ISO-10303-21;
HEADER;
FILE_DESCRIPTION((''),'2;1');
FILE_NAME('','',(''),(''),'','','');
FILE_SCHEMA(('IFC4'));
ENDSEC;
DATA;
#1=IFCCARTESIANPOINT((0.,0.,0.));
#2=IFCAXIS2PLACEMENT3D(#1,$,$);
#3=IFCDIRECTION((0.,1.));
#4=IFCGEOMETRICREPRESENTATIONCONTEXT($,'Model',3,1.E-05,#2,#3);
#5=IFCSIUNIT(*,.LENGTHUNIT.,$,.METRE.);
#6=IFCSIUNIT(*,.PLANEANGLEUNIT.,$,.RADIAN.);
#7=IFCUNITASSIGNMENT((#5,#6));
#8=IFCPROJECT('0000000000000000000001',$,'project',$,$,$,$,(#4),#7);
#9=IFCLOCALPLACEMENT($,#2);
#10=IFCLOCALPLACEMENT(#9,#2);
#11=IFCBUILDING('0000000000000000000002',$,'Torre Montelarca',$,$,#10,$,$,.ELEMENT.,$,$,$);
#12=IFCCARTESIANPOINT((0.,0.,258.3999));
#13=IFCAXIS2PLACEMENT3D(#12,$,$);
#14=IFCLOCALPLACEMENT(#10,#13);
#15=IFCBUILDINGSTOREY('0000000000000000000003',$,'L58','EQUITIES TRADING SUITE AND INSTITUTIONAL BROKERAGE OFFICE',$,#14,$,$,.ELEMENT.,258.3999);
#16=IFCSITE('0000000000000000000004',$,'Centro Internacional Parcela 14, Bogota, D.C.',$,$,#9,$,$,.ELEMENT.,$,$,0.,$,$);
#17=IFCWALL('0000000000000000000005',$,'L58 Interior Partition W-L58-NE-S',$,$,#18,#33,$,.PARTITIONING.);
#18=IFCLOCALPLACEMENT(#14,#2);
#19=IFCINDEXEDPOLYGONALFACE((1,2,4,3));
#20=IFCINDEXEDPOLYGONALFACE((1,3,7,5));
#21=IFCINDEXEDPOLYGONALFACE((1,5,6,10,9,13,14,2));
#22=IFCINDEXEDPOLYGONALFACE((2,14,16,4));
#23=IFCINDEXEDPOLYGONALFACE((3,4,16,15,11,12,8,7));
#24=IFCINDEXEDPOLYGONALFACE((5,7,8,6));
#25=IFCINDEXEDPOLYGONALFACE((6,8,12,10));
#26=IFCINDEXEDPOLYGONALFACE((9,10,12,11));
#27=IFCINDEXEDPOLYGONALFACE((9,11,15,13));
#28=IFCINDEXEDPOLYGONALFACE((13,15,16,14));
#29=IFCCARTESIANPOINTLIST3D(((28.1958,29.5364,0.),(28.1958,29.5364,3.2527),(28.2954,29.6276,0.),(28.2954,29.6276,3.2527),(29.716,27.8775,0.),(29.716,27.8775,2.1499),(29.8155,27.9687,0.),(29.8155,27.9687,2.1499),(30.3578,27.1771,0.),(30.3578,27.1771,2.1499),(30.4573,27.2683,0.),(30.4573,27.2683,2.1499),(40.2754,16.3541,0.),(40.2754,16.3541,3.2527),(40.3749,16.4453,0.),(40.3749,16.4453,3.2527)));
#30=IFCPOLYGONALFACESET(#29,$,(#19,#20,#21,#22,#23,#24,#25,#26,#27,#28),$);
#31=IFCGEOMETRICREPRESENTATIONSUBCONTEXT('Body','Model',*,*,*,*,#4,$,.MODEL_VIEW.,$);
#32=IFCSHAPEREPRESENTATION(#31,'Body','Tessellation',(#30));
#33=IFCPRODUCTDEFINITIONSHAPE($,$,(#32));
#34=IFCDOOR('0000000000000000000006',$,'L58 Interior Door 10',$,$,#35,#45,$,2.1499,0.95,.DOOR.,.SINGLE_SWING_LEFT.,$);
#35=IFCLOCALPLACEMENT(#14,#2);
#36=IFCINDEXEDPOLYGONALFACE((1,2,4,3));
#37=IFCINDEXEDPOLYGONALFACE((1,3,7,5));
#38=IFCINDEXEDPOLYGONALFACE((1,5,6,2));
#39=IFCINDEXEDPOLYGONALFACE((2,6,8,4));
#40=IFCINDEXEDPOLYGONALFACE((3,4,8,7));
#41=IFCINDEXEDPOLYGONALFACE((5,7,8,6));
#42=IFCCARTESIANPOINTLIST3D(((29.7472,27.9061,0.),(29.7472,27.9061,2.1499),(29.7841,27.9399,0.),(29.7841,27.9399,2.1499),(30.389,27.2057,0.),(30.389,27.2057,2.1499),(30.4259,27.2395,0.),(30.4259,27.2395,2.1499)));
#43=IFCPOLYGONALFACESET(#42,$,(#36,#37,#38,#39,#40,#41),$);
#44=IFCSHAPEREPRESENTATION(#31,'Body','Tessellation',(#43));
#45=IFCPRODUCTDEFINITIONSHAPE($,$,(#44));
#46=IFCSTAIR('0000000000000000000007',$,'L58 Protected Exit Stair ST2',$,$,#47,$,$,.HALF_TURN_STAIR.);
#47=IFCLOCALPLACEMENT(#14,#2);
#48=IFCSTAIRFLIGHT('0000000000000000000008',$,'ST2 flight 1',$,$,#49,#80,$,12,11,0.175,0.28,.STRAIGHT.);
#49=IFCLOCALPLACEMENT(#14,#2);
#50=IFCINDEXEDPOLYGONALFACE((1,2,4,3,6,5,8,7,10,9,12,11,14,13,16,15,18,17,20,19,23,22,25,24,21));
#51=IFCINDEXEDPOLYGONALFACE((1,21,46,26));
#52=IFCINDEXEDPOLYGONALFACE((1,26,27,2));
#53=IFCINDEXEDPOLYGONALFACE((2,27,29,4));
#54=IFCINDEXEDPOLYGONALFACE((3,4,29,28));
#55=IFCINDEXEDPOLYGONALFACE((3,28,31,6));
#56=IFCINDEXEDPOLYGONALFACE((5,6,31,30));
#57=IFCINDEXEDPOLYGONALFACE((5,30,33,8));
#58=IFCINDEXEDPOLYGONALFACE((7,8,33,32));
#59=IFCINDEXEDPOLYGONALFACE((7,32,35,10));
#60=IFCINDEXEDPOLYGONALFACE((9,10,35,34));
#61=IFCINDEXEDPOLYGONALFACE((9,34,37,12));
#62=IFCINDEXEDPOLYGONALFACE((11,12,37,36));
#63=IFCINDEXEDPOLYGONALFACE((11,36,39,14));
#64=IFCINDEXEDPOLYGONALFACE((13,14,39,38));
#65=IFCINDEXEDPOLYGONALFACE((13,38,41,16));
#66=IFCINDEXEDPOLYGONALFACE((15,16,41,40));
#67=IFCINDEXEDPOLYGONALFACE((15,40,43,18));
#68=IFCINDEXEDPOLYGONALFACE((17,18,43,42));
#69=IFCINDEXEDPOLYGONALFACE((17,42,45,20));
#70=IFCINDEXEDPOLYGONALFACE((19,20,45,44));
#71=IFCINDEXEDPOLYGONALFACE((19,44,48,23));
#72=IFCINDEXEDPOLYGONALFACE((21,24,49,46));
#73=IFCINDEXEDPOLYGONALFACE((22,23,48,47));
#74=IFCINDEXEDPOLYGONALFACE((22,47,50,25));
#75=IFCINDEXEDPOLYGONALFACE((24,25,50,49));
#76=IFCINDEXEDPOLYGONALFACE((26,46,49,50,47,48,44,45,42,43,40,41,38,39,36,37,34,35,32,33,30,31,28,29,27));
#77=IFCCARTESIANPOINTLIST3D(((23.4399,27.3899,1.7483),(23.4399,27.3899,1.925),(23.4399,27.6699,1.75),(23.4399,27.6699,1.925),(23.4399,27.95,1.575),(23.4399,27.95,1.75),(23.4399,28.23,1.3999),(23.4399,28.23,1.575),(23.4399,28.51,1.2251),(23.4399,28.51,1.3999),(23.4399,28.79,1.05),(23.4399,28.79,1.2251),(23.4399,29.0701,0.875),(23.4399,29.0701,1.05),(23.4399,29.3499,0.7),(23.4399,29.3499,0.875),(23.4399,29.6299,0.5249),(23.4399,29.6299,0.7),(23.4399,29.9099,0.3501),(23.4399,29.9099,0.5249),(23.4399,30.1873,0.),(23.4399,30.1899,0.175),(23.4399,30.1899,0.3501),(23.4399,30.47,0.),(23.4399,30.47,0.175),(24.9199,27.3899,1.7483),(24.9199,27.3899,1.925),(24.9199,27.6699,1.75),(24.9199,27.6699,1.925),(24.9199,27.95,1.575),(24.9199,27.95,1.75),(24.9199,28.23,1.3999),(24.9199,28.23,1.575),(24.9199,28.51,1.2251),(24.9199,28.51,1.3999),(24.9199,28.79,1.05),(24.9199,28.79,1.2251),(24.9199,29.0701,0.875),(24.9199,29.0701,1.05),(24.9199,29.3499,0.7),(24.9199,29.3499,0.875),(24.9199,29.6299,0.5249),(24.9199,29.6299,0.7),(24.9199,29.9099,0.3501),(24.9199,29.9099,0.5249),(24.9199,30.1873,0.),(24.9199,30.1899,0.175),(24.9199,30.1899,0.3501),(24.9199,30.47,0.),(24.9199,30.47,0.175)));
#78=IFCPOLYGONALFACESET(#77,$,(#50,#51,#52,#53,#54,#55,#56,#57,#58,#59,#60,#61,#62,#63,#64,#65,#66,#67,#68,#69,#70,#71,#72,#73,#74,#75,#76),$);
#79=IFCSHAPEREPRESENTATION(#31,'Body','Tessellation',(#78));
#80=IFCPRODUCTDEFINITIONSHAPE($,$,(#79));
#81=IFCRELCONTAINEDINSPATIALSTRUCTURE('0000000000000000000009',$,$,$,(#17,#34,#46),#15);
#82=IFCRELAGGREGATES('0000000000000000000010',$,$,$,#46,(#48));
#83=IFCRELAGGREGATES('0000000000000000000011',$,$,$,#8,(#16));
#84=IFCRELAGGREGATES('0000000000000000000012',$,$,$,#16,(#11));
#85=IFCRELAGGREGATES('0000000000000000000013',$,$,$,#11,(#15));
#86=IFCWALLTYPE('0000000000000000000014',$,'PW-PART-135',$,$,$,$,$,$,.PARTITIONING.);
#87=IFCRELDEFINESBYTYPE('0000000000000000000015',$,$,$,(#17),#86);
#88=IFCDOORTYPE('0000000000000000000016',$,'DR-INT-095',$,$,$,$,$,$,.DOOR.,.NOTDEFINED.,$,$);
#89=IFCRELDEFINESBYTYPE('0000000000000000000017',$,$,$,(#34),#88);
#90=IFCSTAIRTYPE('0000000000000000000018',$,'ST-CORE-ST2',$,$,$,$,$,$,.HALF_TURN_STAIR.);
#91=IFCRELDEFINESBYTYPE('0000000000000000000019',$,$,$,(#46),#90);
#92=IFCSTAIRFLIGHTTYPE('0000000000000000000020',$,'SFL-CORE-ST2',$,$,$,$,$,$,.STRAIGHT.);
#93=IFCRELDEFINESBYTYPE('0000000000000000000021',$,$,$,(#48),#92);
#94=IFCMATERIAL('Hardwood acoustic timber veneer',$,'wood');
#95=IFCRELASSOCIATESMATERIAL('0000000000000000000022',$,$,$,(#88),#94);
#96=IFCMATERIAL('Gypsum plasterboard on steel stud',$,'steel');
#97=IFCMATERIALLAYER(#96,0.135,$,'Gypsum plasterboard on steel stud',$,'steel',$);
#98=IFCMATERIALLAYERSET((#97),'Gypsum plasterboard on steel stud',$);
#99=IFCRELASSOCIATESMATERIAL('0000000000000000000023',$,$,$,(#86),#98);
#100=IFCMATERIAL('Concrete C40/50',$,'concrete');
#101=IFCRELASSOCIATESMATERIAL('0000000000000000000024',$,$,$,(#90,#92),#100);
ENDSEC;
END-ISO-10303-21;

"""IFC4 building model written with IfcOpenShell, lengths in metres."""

from ifc_helpers import new_model, si_unit, direction, frame, frame_2d, origin, place, context, subcontext, project, spatial, polyline, rectangle, outline, extrude, source, transform, mapped, material, layer, layer_set, type_object, element, fill, aggregate, save


model = new_model("IFC4")

# Units and contexts
model_context = context("Model", 3, precision=1e-05, world=origin(), true_north=direction((0.0, 1.0)))
body_context = subcontext(model_context, "Body", "Model", "MODEL_VIEW")
ifc_project = project(units=[si_unit("LENGTHUNIT", "METRE"), si_unit("PLANEANGLEUNIT", "RADIAN")], contexts=[model_context])

# Site, building, storey
site_placement = place(None, origin())
site = spatial("IfcSite", under=ifc_project, at=site_placement, Name="Centro Internacional Parcela 14, Bogota, D.C.", CompositionType="ELEMENT", RefElevation=0.0)
building_placement = place(site_placement, origin())
building = spatial("IfcBuilding", under=site, at=building_placement, Name="Torre Montelarca", CompositionType="ELEMENT")
storey_placement = place(building_placement, frame((0.0, 0.0, 258.3999)))
storey = spatial("IfcBuildingStorey", under=building, at=storey_placement, Name="L58", Description="EQUITIES TRADING SUITE AND INSTITUTIONAL BROKERAGE OFFICE", CompositionType="ELEMENT", Elevation=258.3999)

# Shared definitions
ifc_material_1 = material(Name="Concrete C40/50", Category="concrete")

# Shared definitions
ifc_material_2 = material(Name="Gypsum plasterboard on steel stud", Category="steel")

# Wall, opening, door
ifc_material_3 = material(Name="Hardwood acoustic timber veneer", Category="wood")
door_type = type_object("IfcDoorType", Name="DR-INT-095", OperationType="NOTDEFINED", PredefinedType="DOOR", material=ifc_material_3)
shared_shape_1 = source(origin(), body_context, "Body", "SweptSolid", [
    extrude(rectangle(XDim=0.95, YDim=2.1499, at=frame_2d((0.4751, 1.075))), frame((0.0, 0.0249, 0.0), z_axis=(0.0, -1.0, 0.0), x_axis=(1.0, 0.0, 0.0)), (0.0, 0.0, 1.0), 0.05),
])
ifc_layer_1 = layer(ifc_material_2, 0.135, Name="Gypsum plasterboard on steel stud", Category="steel")
ifc_layer_set_1 = layer_set([ifc_layer_1], Name="Gypsum plasterboard on steel stud")
wall_type_1 = type_object("IfcWallType", Name="PW-PART-135", PredefinedType="PARTITIONING", material=ifc_layer_set_1)
wall_1_placement = place(storey_placement, frame((28.2456, 29.582, 0.0), z_axis=(0.0, 0.0, 1.0), x_axis=(0.675595, -0.737273, 0.0)))
wall_1 = element("IfcWall", 1, at=wall_1_placement, inside=storey, type_object=wall_type_1, Name="L58 Interior Partition W-L58-NE-S", PredefinedType="PARTITIONING", context=body_context, shape_type="SweptSolid", body=[
    extrude(rectangle(XDim=17.8799, YDim=0.135, at=frame_2d((8.9399, 0.0))), origin(), (0.0, 0.0, 1.0), 3.2527),
])
opening_1_placement = place(wall_1_placement, frame((2.25, 0.0, 0.0)))
opening_1 = element("IfcOpeningElement", 2, at=opening_1_placement, cuts=wall_1, PredefinedType="OPENING", context=body_context, shape_type="SweptSolid", body=[
    extrude(rectangle(XDim=0.95, YDim=2.1499, at=frame_2d((0.4751, 1.075))), frame((0.0, 0.0776, 0.0), z_axis=(0.0, -1.0, 0.0), x_axis=(1.0, 0.0, 0.0)), (0.0, 0.0, 1.0), 0.155),
])
door_1_placement = place(opening_1_placement, origin())
door_1 = element("IfcDoor", 3, at=door_1_placement, inside=storey, type_object=door_type, Name="L58 Interior Door 10", OperationType="SINGLE_SWING_LEFT", OverallHeight=2.1499, OverallWidth=0.95, PredefinedType="DOOR", context=body_context, shape_type="MappedRepresentation", body=[
    mapped(shared_shape_1, transform((0.0, 0.0, 0.0), scale=1.0)),
])
fill(opening_1, door_1)

# Stair, stair flight
stair_type = type_object("IfcStairType", Name="ST-CORE-ST2", PredefinedType="HALF_TURN_STAIR", material=ifc_material_1)
stair_placement = place(storey_placement, origin())
stair = element("IfcStair", 4, at=stair_placement, inside=storey, type_object=stair_type, Name="L58 Protected Exit Stair ST2", PredefinedType="HALF_TURN_STAIR")
stair_flight_type = type_object("IfcStairFlightType", Name="SFL-CORE-ST2", PredefinedType="STRAIGHT", material=ifc_material_1)
stair_flight_placement = place(storey_placement, frame((24.1799, 30.47, 0.0), z_axis=(0.0, 0.0, 1.0), x_axis=(0.0, -1.0, 0.0)))
stair_flight = element("IfcStairFlight", 5, at=stair_flight_placement, type_object=stair_flight_type, Name="ST2 flight 1", NumberOfRisers=12, NumberOfTreads=11, PredefinedType="STRAIGHT", RiserHeight=0.175, TreadLength=0.28, context=body_context, shape_type="SweptSolid", body=[
    extrude(outline(polyline([(0.0, 0.0), (0.0, 0.175), (0.28, 0.175), (0.28, 0.3501), (0.5601, 0.3501), (0.5601, 0.5249), (0.8401, 0.5249), (0.8401, 0.7), (1.1201, 0.7), (1.1201, 0.875), (1.3999, 0.875), (1.3999, 1.05), (1.6799, 1.05), (1.6799, 1.2251), (1.96, 1.2251), (1.96, 1.3999), (2.24, 1.3999), (2.24, 1.575), (2.52, 1.575), (2.52, 1.75), (2.8, 1.75), (2.8, 1.925), (3.0801, 1.925), (3.0801, 2.1001), (3.0801, 1.7483), (0.2827, 0.0), (0.0, 0.0)])), frame((0.0, 0.74, 0.0), z_axis=(0.0, -1.0, 0.0), x_axis=(1.0, 0.0, 0.0)), (0.0, 0.0, 1.0), 1.48),
])
aggregate(stair, [stair_flight])

save(model, "model.ifc")
